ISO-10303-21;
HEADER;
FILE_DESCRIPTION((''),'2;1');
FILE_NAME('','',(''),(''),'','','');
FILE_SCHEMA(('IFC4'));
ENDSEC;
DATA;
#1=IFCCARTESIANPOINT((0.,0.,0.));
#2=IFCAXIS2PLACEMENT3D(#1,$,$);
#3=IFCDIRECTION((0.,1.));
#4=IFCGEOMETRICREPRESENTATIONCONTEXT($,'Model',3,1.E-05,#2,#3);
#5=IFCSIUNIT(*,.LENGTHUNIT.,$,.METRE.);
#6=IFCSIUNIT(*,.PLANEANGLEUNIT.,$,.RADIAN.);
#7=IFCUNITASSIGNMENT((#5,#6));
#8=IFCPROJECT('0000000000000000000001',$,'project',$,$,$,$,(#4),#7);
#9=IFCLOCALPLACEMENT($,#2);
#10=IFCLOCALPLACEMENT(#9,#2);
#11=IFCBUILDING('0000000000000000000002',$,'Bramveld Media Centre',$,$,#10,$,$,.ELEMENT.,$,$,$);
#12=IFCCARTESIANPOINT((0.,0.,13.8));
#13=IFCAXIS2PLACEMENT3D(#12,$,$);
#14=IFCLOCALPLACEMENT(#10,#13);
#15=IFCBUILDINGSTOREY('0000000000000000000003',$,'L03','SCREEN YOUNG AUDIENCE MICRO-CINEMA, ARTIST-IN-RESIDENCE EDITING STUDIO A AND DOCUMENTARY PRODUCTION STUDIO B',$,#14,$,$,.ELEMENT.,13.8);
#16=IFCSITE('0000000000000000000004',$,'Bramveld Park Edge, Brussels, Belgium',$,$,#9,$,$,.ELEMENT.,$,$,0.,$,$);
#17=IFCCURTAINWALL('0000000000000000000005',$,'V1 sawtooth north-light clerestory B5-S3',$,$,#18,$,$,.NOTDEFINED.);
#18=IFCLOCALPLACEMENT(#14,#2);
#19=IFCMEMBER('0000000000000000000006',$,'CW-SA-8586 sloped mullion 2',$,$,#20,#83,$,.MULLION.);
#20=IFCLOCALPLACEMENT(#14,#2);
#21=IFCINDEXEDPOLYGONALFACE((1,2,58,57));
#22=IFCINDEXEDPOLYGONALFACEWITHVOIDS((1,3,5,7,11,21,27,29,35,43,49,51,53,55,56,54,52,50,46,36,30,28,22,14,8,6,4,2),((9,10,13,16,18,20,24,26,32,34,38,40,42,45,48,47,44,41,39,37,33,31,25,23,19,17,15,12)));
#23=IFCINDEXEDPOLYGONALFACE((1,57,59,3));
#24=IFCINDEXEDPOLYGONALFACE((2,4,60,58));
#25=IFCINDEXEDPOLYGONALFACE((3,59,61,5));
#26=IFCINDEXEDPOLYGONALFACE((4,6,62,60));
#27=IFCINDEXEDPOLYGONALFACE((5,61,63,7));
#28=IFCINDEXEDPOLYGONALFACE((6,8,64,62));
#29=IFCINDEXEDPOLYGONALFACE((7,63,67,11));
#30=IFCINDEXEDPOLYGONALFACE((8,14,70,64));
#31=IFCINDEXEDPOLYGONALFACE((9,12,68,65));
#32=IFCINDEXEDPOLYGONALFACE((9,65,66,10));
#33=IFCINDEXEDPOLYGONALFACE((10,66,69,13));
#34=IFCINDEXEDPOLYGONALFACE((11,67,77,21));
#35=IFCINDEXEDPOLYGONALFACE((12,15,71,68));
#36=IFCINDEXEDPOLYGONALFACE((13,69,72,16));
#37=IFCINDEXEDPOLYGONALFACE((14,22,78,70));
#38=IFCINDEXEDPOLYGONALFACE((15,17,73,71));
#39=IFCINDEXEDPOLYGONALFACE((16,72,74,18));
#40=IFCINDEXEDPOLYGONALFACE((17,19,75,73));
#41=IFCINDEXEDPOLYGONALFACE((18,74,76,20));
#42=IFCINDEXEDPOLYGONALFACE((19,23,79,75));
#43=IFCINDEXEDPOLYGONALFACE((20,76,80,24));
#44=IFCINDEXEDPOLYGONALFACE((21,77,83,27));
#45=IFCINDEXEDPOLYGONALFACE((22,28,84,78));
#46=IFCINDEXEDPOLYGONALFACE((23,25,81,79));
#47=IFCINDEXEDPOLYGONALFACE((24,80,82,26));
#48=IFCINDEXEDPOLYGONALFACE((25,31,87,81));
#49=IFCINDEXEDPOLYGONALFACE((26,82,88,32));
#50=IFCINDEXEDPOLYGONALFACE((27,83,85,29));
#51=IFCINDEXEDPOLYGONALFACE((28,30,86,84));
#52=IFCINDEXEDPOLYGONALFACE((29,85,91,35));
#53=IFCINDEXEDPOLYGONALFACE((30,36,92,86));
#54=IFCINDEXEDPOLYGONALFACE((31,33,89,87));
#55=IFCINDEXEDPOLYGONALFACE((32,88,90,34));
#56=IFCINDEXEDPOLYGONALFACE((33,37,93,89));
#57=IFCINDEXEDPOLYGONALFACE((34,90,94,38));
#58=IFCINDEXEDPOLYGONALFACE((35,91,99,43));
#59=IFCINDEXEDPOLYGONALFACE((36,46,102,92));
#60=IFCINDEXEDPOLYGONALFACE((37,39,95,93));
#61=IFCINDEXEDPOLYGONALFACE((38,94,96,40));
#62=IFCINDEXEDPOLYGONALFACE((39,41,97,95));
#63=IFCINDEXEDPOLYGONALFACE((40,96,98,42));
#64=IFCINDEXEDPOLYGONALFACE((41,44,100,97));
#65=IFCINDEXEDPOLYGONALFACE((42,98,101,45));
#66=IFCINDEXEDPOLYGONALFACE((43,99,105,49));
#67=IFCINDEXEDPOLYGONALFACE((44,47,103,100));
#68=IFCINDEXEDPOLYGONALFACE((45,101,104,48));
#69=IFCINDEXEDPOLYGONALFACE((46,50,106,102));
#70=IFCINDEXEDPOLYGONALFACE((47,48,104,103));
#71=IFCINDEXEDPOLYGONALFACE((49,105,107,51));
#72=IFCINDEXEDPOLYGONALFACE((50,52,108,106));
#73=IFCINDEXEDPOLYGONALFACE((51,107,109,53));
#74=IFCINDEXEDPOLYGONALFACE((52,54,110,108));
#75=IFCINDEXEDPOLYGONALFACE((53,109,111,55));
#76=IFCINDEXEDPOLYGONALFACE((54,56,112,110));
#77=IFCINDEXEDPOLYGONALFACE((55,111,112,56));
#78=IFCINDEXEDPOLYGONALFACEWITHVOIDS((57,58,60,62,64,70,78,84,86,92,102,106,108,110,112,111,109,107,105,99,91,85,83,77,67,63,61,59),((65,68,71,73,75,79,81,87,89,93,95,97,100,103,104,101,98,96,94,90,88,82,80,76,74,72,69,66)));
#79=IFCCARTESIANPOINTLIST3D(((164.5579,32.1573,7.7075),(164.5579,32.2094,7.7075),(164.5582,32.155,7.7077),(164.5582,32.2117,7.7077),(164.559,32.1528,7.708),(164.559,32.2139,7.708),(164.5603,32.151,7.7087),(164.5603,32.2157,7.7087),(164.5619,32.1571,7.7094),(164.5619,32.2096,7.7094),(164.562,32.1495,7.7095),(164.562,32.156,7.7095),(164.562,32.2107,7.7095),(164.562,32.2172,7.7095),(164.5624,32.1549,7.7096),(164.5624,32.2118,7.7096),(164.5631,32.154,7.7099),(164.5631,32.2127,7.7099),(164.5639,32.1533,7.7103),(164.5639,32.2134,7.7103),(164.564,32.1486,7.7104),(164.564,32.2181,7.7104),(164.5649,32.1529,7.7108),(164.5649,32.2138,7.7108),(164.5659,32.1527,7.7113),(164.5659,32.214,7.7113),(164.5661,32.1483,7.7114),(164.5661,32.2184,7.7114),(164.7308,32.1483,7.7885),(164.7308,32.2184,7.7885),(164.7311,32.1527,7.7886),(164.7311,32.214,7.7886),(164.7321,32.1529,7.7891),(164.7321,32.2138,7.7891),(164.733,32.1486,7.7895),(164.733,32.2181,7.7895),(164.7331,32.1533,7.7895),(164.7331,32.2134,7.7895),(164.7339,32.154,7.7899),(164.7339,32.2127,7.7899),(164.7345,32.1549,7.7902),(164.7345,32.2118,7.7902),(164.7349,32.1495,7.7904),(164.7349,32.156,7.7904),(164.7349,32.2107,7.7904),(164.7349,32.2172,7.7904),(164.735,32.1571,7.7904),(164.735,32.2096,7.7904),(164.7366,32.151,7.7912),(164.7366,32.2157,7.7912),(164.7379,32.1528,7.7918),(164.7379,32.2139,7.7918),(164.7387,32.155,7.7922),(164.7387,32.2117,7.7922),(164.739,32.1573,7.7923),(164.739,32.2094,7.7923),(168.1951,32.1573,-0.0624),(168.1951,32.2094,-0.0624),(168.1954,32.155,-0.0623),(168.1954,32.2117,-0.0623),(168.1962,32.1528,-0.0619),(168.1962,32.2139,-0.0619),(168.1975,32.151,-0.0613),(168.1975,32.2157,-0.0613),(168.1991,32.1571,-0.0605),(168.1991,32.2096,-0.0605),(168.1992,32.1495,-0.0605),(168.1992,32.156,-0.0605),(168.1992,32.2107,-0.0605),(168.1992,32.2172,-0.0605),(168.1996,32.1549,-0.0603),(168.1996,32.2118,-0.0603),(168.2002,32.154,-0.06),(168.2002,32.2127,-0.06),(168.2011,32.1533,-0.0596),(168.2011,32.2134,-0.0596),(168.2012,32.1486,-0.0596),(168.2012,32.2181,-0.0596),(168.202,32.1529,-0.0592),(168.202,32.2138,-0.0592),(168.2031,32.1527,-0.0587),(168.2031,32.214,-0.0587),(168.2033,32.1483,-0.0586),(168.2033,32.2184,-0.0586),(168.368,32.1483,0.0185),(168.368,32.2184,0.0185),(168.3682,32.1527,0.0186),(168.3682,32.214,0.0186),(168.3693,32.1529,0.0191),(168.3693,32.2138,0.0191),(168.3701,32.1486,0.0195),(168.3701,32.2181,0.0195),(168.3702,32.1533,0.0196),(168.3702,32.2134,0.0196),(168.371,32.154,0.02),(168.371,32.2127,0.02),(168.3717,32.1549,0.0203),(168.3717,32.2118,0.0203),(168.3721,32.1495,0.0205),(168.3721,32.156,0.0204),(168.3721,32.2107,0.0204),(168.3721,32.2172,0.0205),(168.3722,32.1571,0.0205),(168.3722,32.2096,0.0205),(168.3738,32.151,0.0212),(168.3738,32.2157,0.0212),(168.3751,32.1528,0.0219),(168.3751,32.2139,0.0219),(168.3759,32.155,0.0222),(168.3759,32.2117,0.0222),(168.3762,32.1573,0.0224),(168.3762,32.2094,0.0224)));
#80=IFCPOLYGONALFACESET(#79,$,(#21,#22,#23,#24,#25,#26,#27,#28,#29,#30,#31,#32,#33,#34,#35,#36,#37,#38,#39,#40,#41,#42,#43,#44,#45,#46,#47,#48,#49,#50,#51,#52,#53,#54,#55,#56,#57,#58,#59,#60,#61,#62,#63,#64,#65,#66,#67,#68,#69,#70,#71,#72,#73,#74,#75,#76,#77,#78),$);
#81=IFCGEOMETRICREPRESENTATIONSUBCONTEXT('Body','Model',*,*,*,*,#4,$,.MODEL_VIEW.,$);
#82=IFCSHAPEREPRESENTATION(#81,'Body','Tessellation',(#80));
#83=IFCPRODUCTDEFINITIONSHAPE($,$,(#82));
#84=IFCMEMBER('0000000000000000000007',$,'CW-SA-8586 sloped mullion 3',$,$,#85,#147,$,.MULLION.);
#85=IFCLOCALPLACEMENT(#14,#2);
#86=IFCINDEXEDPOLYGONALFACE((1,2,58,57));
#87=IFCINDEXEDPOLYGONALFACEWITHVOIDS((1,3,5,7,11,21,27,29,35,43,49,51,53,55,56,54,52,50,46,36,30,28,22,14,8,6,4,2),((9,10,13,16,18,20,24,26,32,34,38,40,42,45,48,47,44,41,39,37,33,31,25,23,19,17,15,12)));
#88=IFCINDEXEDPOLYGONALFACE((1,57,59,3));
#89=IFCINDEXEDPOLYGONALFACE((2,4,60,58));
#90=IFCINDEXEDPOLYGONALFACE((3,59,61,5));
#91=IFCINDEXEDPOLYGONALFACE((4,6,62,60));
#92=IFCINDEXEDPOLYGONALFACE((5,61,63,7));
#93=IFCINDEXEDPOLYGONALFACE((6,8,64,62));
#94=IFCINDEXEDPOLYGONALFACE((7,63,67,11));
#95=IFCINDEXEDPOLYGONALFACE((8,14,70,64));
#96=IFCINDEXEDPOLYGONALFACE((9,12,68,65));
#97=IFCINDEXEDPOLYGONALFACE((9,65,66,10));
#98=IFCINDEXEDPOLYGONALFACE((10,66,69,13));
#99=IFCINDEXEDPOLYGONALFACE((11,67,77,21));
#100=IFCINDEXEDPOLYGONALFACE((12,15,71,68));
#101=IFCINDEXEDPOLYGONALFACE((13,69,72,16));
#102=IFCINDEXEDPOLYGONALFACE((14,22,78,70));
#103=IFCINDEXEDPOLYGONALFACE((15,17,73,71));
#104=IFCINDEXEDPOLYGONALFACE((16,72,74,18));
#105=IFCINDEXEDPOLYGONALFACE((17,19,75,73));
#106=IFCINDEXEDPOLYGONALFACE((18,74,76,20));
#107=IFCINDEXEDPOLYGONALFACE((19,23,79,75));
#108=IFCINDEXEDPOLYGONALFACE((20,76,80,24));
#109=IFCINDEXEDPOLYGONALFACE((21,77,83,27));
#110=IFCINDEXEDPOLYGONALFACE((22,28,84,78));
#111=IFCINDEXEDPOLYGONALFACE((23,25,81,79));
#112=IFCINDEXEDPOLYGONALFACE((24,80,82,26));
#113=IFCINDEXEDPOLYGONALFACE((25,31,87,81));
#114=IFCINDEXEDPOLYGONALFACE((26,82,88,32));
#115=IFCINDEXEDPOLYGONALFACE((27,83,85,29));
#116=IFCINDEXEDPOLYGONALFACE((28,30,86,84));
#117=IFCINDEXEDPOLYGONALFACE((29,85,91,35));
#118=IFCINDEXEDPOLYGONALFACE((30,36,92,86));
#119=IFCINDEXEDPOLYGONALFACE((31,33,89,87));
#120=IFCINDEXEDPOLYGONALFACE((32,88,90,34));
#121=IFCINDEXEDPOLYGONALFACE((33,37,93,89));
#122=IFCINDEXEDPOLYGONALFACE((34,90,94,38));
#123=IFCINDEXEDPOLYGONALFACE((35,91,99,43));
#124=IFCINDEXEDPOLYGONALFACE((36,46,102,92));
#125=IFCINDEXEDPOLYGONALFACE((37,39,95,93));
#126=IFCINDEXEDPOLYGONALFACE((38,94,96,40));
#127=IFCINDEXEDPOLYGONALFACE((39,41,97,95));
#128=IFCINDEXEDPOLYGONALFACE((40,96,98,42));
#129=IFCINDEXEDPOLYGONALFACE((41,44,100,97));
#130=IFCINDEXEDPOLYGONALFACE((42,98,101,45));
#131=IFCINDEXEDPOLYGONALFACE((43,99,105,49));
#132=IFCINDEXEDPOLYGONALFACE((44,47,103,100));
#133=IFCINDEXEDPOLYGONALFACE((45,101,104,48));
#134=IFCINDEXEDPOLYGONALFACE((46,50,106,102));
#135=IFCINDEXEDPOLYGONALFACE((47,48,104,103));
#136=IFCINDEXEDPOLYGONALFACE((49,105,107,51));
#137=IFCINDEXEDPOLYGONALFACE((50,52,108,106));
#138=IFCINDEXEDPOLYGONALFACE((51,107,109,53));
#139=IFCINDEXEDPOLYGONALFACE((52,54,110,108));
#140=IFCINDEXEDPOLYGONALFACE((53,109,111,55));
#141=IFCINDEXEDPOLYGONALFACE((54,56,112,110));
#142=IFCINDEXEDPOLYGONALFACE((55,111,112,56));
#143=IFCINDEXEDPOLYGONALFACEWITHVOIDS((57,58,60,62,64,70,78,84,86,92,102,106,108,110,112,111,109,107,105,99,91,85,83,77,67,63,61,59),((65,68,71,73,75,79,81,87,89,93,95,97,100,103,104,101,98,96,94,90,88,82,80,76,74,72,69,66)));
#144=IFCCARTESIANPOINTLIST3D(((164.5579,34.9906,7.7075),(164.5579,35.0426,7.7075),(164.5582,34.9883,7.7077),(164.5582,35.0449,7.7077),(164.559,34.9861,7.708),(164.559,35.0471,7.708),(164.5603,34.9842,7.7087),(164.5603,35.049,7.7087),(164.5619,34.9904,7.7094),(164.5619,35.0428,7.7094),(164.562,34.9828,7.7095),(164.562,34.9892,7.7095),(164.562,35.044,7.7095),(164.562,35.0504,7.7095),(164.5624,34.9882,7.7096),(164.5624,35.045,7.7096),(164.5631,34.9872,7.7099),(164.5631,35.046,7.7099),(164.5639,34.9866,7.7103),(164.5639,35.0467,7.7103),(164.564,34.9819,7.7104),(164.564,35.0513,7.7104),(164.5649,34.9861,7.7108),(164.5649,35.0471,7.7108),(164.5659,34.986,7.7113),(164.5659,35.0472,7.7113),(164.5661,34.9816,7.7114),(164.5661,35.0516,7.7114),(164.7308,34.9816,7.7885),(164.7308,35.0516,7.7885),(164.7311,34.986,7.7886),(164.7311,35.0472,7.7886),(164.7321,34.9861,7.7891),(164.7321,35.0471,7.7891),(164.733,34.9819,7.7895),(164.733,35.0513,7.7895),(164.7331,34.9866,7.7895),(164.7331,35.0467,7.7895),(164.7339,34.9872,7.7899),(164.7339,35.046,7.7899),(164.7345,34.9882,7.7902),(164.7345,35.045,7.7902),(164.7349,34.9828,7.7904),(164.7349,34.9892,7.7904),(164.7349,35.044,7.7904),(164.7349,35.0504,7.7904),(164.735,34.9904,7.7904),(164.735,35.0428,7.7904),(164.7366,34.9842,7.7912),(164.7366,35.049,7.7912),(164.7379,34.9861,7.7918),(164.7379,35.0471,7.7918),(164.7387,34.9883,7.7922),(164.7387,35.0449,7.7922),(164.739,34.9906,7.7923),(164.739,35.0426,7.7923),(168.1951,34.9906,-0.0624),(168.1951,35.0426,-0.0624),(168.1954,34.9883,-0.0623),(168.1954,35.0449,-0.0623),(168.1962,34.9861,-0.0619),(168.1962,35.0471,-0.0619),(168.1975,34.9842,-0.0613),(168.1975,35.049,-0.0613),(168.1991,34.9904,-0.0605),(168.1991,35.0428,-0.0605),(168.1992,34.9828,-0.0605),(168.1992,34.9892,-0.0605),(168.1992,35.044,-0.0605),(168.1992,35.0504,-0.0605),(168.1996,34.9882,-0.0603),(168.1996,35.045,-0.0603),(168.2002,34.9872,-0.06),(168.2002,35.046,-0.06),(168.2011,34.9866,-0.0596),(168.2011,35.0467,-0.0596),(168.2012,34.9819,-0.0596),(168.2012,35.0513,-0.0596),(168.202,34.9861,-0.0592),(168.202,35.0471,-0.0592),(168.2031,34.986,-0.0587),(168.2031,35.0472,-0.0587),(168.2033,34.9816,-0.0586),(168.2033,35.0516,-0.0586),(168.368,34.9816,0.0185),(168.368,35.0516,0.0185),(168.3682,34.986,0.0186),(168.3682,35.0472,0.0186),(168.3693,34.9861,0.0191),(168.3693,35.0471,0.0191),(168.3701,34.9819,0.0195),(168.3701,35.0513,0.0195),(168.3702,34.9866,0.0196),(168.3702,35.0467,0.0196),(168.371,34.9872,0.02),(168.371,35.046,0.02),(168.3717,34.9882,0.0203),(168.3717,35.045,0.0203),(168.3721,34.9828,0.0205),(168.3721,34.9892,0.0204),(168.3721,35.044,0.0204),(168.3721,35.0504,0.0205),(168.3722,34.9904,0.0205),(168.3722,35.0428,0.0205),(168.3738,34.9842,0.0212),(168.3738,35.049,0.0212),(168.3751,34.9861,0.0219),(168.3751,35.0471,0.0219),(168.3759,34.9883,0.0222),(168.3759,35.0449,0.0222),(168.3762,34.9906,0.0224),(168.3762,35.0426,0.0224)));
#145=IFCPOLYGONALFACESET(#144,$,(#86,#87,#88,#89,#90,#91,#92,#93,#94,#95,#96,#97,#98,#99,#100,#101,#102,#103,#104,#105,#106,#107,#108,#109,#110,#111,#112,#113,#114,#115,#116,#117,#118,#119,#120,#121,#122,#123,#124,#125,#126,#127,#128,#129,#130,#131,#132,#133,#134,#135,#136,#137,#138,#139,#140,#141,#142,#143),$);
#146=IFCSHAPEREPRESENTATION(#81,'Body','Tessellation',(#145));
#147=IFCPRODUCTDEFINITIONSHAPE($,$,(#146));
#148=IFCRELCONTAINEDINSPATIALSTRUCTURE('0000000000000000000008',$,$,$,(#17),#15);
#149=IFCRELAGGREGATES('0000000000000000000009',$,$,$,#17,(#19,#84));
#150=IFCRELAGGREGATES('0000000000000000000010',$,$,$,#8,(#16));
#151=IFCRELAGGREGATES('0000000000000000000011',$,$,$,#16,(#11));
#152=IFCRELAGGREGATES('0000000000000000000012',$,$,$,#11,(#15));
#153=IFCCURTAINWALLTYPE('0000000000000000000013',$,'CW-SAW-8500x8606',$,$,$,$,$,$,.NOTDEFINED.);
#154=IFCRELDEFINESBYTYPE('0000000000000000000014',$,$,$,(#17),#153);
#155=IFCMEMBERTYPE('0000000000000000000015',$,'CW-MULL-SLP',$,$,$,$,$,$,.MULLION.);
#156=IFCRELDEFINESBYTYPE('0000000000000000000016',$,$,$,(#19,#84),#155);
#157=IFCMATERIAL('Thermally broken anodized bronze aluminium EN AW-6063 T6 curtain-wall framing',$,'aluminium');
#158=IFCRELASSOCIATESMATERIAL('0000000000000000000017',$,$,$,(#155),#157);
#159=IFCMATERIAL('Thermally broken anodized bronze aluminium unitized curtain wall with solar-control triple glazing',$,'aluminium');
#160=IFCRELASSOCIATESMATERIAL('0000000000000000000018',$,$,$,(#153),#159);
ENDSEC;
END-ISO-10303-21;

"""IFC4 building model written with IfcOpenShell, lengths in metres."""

from ifc_helpers import new_model, si_unit, direction, frame, origin, origin_2d, place, context, subcontext, project, spatial, hollow_rectangle, extrude, material, material_profile, profile_set, type_object, element, aggregate, save


model = new_model("IFC4")

# Units and contexts
model_context = context("Model", 3, precision=1e-05, world=origin(), true_north=direction((0.0, 1.0)))
body_context = subcontext(model_context, "Body", "Model", "MODEL_VIEW")
ifc_project = project(units=[si_unit("LENGTHUNIT", "METRE"), si_unit("PLANEANGLEUNIT", "RADIAN")], contexts=[model_context])

# Site, building, storey
site_placement = place(None, origin())
site = spatial("IfcSite", under=ifc_project, at=site_placement, Name="Bramveld Park Edge, Brussels, Belgium", CompositionType="ELEMENT", RefElevation=0.0)
building_placement = place(site_placement, origin())
building = spatial("IfcBuilding", under=site, at=building_placement, Name="Bramveld Media Centre", CompositionType="ELEMENT")
storey_placement = place(building_placement, frame((0.0, 0.0, 13.8)))
storey = spatial("IfcBuildingStorey", under=building, at=storey_placement, Name="L03", Description="SCREEN YOUNG AUDIENCE MICRO-CINEMA, ARTIST-IN-RESIDENCE EDITING STUDIO A AND DOCUMENTARY PRODUCTION STUDIO B", CompositionType="ELEMENT", Elevation=13.8)

# Shared definitions
ifc_material_1 = material(Name="Thermally broken anodized bronze aluminium EN AW-6063 T6 curtain-wall framing", Category="aluminium")
ifc_material_profile_1 = material_profile(ifc_material_1, hollow_rectangle(XDim=0.0701, YDim=0.2, WallThickness=0.0044, InnerFilletRadius=0.0044, OuterFilletRadius=0.009, at=origin_2d()), Name="AL-MULL 70x200")
ifc_profile_set_1 = profile_set([ifc_material_profile_1], Name="Thermally broken anodized bronze aluminium EN AW-6063 T6 curtain-wall framing")
member_type_1 = type_object("IfcMemberType", Name="CW-MULL-SLP", PredefinedType="MULLION", material=ifc_profile_set_1)

# Curtain wall, members
ifc_material_2 = material(Name="Thermally broken anodized bronze aluminium unitized curtain wall with solar-control triple glazing", Category="aluminium")
curtain_wall_type_1 = type_object("IfcCurtainWallType", Name="CW-SAW-8500x8606", PredefinedType="NOTDEFINED", material=ifc_material_2)
curtain_wall_1_placement = place(storey_placement, origin())
curtain_wall_1 = element("IfcCurtainWall", 1, at=curtain_wall_1_placement, inside=storey, type_object=curtain_wall_type_1, Name="V1 sawtooth north-light clerestory B5-S3", PredefinedType="NOTDEFINED")
member_1_placement = place(storey_placement, frame((168.2856, 32.1833, -0.02), z_axis=(-0.423957, 0.0, 0.905682), x_axis=(0.0, -1.0, 0.0)))
member_1 = element("IfcMember", 2, at=member_1_placement, type_object=member_type_1, Name="CW-SA-8586 sloped mullion 2", PredefinedType="MULLION", context=body_context, shape_type="SweptSolid", body=[
    extrude(hollow_rectangle(XDim=0.0701, YDim=0.2, WallThickness=0.0044, InnerFilletRadius=0.0044, OuterFilletRadius=0.009, at=origin_2d()), origin(), (0.0, 0.0, 1.0), 8.5791),
])
member_2_placement = place(storey_placement, frame((168.2856, 35.0166, -0.02), z_axis=(-0.423957, 0.0, 0.905682), x_axis=(0.0, -1.0, 0.0)))
member_2 = element("IfcMember", 3, at=member_2_placement, type_object=member_type_1, Name="CW-SA-8586 sloped mullion 3", PredefinedType="MULLION", context=body_context, shape_type="SweptSolid", body=[
    extrude(hollow_rectangle(XDim=0.0701, YDim=0.2, WallThickness=0.0044, InnerFilletRadius=0.0044, OuterFilletRadius=0.009, at=origin_2d()), origin(), (0.0, 0.0, 1.0), 8.5791),
])

aggregate(curtain_wall_1, [member_1, member_2])

save(model, "model.ifc")
